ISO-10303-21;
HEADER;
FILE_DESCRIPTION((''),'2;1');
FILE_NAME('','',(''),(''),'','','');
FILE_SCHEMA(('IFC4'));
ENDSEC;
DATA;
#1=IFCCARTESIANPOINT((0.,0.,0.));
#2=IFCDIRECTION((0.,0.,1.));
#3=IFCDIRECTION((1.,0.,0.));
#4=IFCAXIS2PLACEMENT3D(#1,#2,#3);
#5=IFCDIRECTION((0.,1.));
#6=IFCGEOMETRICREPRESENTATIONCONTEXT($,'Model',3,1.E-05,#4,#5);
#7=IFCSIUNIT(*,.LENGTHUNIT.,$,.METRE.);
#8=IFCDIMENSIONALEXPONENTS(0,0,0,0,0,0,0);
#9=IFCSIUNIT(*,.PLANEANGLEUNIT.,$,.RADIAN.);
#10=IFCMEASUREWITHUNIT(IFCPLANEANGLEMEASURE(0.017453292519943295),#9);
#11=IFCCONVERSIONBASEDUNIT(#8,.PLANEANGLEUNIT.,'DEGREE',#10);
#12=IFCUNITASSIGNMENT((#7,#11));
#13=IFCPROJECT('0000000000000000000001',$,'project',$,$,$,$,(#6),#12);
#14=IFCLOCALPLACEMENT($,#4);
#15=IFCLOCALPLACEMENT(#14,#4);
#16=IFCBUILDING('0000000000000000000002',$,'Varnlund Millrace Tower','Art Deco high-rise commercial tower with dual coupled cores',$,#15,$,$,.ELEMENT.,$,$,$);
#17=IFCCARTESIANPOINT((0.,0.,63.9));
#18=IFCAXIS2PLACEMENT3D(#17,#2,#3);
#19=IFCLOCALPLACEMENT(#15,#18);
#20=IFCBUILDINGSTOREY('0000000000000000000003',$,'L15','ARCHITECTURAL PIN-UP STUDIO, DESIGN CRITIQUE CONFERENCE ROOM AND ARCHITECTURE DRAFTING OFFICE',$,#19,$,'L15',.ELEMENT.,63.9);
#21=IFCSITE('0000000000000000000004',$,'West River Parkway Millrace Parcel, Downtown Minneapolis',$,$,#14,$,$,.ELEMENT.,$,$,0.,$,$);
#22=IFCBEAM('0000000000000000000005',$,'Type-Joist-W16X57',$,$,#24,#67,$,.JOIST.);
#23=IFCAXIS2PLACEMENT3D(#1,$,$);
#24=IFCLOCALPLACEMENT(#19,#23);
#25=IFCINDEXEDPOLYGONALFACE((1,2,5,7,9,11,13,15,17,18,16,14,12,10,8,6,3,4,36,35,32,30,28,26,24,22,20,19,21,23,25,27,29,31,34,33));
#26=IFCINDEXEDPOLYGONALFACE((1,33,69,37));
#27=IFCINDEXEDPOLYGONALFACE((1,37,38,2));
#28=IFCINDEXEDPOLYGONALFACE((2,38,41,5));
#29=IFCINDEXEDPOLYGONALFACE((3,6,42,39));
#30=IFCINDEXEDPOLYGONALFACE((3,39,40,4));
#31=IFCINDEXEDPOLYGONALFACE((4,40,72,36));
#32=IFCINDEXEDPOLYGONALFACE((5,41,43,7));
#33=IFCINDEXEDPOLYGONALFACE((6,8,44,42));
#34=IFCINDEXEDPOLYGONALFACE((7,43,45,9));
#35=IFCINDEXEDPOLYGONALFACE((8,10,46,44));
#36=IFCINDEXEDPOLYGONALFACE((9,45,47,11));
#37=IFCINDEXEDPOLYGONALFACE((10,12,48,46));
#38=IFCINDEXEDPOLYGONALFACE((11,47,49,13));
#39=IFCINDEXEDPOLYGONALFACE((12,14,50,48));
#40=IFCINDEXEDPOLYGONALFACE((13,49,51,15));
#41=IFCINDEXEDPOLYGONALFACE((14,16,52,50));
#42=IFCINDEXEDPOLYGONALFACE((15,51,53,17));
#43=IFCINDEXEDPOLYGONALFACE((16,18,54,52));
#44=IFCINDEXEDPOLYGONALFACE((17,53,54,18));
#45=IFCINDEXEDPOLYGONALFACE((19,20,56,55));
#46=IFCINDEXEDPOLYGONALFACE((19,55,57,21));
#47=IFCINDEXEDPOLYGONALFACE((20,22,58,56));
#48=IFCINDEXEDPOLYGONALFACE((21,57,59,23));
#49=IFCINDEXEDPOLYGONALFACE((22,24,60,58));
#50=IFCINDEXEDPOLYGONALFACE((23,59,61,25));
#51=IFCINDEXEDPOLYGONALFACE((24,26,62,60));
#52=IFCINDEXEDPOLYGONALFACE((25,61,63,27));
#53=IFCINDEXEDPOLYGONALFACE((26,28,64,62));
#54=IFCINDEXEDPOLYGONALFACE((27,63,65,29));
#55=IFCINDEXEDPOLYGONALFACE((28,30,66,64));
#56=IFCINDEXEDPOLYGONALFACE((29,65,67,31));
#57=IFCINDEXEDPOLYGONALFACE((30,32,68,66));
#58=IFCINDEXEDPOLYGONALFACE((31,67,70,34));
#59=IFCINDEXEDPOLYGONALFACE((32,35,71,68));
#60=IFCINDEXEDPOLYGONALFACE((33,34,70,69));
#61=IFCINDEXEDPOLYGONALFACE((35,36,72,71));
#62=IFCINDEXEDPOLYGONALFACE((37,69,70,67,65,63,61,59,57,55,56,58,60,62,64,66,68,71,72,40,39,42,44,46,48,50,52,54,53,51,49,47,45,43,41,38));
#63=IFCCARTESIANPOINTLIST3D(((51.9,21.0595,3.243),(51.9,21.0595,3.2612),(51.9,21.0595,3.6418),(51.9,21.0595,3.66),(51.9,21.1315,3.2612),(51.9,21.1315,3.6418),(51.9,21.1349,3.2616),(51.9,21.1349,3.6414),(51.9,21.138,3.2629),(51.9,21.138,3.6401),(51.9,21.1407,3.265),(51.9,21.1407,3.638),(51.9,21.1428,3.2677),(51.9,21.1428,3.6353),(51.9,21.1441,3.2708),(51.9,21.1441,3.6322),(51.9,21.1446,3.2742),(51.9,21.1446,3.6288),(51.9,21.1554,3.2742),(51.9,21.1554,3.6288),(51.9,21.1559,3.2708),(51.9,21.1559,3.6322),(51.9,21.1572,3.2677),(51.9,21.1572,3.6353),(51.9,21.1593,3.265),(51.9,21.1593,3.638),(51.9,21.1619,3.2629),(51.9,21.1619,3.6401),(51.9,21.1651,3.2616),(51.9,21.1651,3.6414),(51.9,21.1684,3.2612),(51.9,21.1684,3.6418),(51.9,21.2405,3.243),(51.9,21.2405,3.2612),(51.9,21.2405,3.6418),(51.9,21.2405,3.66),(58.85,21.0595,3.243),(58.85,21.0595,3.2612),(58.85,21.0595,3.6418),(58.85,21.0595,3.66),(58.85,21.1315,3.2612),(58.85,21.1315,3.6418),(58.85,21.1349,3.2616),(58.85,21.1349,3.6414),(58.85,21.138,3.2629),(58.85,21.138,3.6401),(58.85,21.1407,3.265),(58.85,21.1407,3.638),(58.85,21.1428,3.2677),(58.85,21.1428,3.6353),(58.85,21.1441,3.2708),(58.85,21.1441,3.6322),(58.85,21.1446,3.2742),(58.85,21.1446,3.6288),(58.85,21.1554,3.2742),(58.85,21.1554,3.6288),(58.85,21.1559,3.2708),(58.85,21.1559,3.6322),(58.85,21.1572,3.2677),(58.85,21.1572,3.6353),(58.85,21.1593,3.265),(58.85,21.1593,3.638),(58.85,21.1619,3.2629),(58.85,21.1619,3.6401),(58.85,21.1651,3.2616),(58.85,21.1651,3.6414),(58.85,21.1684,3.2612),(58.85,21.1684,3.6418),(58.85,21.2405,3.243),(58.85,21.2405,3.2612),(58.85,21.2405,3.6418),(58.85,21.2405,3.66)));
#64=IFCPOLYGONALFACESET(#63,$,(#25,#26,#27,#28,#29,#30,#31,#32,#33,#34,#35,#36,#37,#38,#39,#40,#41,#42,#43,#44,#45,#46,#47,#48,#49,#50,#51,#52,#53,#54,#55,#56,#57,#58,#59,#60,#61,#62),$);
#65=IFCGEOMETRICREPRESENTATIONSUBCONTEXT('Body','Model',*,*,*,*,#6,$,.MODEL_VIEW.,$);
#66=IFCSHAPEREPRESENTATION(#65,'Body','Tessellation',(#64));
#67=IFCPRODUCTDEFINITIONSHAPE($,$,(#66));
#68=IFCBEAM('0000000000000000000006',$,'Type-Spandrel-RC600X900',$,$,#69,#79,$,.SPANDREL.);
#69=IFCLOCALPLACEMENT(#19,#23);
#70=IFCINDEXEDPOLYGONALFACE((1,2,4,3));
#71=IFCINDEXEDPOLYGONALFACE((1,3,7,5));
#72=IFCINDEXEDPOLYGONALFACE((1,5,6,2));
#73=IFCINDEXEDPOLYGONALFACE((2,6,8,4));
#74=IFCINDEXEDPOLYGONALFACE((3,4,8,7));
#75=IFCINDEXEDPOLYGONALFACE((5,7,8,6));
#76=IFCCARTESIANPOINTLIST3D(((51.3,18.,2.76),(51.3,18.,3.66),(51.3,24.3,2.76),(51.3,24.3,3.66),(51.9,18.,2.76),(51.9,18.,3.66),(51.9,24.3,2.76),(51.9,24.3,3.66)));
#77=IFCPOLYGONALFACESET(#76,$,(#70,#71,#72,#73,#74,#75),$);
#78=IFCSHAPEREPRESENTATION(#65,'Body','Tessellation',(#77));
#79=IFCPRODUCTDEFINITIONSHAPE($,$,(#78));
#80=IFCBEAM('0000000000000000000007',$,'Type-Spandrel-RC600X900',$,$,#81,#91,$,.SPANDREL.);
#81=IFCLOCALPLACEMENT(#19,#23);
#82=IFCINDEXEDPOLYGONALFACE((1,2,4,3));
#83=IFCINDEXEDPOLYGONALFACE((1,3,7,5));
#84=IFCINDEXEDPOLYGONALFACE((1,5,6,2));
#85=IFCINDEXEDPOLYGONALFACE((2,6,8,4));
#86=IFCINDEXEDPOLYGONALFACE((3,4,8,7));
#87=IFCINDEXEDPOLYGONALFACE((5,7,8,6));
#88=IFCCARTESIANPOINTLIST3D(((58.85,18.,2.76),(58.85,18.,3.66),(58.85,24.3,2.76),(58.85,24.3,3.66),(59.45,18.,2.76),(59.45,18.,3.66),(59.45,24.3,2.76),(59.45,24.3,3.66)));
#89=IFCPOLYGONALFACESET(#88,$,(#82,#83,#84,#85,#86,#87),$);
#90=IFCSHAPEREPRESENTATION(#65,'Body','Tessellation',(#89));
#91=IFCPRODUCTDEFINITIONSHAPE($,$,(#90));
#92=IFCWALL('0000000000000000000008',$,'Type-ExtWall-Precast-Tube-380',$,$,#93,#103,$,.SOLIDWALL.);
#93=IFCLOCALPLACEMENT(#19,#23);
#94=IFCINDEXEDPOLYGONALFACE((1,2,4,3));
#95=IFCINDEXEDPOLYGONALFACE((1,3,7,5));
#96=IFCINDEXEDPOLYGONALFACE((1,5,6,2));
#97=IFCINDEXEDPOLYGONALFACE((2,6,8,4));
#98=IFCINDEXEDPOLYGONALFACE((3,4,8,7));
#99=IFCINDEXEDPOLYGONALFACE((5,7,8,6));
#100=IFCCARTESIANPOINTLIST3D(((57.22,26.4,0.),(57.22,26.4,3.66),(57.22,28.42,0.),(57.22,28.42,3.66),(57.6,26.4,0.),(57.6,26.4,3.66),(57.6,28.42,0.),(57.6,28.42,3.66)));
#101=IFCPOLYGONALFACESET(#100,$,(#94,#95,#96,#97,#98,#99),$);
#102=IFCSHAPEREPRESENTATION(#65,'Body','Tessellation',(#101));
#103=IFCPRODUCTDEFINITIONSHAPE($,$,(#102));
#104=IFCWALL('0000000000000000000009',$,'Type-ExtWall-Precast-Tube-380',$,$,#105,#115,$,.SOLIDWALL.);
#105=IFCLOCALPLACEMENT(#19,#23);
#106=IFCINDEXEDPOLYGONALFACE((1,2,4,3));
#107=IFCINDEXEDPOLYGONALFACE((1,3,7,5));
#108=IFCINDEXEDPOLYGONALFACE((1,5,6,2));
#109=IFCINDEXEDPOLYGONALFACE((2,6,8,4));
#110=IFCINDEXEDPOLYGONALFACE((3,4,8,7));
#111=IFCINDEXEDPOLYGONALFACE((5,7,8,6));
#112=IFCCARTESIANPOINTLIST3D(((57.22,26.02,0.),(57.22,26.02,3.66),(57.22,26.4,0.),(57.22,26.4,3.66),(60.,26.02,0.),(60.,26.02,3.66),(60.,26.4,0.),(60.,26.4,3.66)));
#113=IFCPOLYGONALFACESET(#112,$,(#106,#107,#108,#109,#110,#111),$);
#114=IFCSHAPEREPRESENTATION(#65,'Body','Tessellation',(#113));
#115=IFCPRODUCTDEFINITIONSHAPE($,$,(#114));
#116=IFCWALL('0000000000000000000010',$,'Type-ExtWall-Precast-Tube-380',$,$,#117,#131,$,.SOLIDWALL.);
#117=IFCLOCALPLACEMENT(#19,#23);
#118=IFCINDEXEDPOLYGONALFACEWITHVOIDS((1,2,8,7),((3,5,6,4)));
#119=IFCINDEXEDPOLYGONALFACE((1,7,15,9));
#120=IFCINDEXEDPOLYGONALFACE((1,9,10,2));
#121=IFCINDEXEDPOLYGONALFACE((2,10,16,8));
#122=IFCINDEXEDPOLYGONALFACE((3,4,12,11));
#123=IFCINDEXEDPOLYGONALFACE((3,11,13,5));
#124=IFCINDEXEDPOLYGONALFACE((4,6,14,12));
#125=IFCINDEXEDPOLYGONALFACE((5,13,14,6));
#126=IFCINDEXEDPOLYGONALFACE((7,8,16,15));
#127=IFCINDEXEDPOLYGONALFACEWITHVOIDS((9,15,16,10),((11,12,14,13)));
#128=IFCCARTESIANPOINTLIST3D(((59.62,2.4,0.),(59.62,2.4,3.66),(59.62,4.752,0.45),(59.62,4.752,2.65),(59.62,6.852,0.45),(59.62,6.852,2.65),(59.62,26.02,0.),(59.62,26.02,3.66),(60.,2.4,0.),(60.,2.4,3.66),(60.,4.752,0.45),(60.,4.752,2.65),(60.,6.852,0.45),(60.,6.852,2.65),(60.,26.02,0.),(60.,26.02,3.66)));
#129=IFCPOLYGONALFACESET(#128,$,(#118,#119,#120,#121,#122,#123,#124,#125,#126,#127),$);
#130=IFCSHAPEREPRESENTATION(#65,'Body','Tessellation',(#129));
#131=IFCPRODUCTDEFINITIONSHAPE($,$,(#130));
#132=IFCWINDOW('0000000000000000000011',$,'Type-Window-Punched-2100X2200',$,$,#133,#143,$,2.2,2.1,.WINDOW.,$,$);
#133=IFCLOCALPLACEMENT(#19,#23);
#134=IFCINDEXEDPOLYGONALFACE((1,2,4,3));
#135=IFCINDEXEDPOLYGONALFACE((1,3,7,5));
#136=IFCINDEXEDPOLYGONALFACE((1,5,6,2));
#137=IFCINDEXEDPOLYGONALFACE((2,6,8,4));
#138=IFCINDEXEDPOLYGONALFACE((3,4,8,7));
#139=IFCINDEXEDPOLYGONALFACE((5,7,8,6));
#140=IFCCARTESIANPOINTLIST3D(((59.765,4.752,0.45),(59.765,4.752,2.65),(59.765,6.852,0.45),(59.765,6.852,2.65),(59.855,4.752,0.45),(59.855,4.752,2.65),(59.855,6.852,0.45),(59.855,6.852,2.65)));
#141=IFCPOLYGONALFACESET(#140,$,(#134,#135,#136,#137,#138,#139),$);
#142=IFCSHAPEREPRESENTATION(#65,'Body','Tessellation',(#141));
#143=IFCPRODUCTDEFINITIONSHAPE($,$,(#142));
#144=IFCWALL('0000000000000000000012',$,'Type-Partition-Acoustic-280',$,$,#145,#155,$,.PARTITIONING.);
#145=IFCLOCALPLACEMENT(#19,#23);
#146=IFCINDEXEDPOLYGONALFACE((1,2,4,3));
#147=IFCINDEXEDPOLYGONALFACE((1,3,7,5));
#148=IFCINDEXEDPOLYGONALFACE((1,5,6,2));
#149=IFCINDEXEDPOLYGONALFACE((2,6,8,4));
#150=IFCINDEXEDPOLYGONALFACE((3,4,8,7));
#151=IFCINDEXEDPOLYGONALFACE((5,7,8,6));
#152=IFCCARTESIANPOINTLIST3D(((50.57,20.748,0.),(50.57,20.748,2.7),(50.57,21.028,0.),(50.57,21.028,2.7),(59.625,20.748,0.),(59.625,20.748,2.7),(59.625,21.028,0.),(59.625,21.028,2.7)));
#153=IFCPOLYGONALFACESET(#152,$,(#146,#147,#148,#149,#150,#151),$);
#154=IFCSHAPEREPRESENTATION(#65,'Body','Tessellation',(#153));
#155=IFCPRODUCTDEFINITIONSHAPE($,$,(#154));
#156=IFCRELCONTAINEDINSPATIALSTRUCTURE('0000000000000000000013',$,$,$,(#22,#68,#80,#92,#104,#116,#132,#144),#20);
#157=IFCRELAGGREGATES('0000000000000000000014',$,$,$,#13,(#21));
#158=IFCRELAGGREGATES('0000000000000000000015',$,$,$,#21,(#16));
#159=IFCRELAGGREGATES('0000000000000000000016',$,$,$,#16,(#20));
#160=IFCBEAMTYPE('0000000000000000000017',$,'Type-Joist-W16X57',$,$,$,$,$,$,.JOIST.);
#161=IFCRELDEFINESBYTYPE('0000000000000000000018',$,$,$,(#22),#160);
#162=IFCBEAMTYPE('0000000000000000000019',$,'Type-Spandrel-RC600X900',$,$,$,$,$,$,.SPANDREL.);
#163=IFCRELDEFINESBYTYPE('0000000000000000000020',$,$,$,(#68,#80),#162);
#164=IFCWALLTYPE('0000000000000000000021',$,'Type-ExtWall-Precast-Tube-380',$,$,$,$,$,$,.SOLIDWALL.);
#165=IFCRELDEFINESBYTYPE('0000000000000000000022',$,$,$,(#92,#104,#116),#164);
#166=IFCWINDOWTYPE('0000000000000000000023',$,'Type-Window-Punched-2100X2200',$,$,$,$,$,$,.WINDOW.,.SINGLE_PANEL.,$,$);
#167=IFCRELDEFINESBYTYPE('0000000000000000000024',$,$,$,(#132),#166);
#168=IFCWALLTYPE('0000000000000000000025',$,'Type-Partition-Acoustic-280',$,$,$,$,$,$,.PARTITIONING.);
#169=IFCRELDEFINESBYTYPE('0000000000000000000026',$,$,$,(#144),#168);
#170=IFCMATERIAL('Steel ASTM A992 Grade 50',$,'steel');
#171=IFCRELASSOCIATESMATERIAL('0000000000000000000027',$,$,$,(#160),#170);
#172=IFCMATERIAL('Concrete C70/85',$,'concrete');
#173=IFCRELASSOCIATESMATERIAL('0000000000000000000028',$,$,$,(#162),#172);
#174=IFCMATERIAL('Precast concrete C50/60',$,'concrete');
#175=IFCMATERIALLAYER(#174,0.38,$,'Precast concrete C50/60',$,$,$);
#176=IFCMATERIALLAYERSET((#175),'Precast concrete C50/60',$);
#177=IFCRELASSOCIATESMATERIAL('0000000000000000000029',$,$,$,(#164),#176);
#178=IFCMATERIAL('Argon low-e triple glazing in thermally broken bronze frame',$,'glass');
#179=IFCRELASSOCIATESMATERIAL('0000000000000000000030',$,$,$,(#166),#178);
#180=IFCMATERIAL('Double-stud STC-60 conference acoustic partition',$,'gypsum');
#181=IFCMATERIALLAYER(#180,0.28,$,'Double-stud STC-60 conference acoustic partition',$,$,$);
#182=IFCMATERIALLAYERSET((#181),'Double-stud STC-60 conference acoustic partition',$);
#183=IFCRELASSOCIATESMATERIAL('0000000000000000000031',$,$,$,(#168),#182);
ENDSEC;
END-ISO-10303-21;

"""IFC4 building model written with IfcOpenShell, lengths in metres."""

from ifc_helpers import new_model, entity, si_unit, converted_unit, direction, frame, origin_with_axes, origin_2d_with_axis, place, context, subcontext, project, spatial, polyline, rectangle, i_section, outline, extrude, material, layer, layer_set, material_profile, profile_set, type_object, element, fill, save


model = new_model("IFC4")

# Units and contexts
model_context = context("Model", 3, precision=1e-05, world=origin_with_axes(), true_north=direction((0.0, 1.0)))
body_context = subcontext(model_context, "Body", "Model", "MODEL_VIEW")
ifc_project = project(units=[si_unit("LENGTHUNIT", "METRE"), converted_unit("PLANEANGLEUNIT", "DEGREE", entity("IfcPlaneAngleMeasure", 0.017453292519943295), si_unit("PLANEANGLEUNIT", "RADIAN"), dimensions=[0, 0, 0, 0, 0, 0, 0])], contexts=[model_context])

# Site, building, storey
site_placement = place(None, origin_with_axes())
site = spatial("IfcSite", under=ifc_project, at=site_placement, Name="West River Parkway Millrace Parcel, Downtown Minneapolis", CompositionType="ELEMENT", RefElevation=0.0)
building_placement = place(site_placement, origin_with_axes())
building = spatial("IfcBuilding", under=site, at=building_placement, Name="Varnlund Millrace Tower", Description="Art Deco high-rise commercial tower with dual coupled cores", CompositionType="ELEMENT")
storey_placement = place(building_placement, frame((0.0, 0.0, 63.9), z_axis=(0.0, 0.0, 1.0), x_axis=(1.0, 0.0, 0.0)))
storey = spatial("IfcBuildingStorey", under=building, at=storey_placement, Name="L15", Description="ARCHITECTURAL PIN-UP STUDIO, DESIGN CRITIQUE CONFERENCE ROOM AND ARCHITECTURE DRAFTING OFFICE", LongName="L15", CompositionType="ELEMENT", Elevation=63.9)

# Beams
ifc_material_1 = material(Name="Steel ASTM A992 Grade 50", Category="steel")
ifc_material_profile_1 = material_profile(ifc_material_1, i_section(OverallWidth=0.181, OverallDepth=0.417, WebThickness=0.0109, FlangeThickness=0.0182, FilletRadius=0.013, at=origin_2d_with_axis()), Name="Steel ASTM A992 Grade 50")
ifc_profile_set_1 = profile_set([ifc_material_profile_1], Name="Steel ASTM A992 Grade 50")
beam_type_1 = type_object("IfcBeamType", Name="Type-Joist-W16X57", PredefinedType="JOIST", material=ifc_profile_set_1)
for number, where, z_axis, x_axis, name in (
    (1, (51.9, 21.15, 3.4515), (1.0, 0.0, 0.0), (0.0, 1.0, 0.0), "Type-Joist-W16X57"),
):
    element("IfcBeam", number, at=place(storey_placement, frame(where, z_axis=z_axis, x_axis=x_axis)), inside=storey, type_object=beam_type_1, Name=name, PredefinedType="JOIST", context=body_context, shape_type="SweptSolid", body=[
        extrude(i_section(OverallWidth=0.181, OverallDepth=0.417, WebThickness=0.0109, FlangeThickness=0.0182, FilletRadius=0.013, at=origin_2d_with_axis()), origin_with_axes(), (0.0, 0.0, 1.0), 6.95),
    ])
ifc_material_2 = material(Name="Concrete C70/85", Category="concrete")
ifc_material_profile_2 = material_profile(ifc_material_2, rectangle(XDim=0.6, YDim=0.9, at=origin_2d_with_axis()), Name="Concrete C70/85")
ifc_profile_set_2 = profile_set([ifc_material_profile_2], Name="Concrete C70/85")
beam_type_2 = type_object("IfcBeamType", Name="Type-Spandrel-RC600X900", PredefinedType="SPANDREL", material=ifc_profile_set_2)
for number, where, z_axis, x_axis, name in (
    (2, (51.6, 18.0, 3.21), (0.0, 1.0, 0.0), (-1.0, 0.0, 0.0), "Type-Spandrel-RC600X900"),
    (3, (59.15, 18.0, 3.21), (0.0, 1.0, 0.0), (-1.0, 0.0, 0.0), "Type-Spandrel-RC600X900"),
):
    element("IfcBeam", number, at=place(storey_placement, frame(where, z_axis=z_axis, x_axis=x_axis)), inside=storey, type_object=beam_type_2, Name=name, PredefinedType="SPANDREL", context=body_context, shape_type="SweptSolid", body=[
        extrude(rectangle(XDim=0.6, YDim=0.9, at=origin_2d_with_axis()), origin_with_axes(), (0.0, 0.0, 1.0), 6.3),
    ])

# Walls
ifc_material_3 = material(Name="Precast concrete C50/60", Category="concrete")
ifc_layer_1 = layer(ifc_material_3, 0.38, Name="Precast concrete C50/60")
ifc_layer_set_1 = layer_set([ifc_layer_1], Name="Precast concrete C50/60")
wall_type_1 = type_object("IfcWallType", Name="Type-ExtWall-Precast-Tube-380", PredefinedType="SOLIDWALL", material=ifc_layer_set_1)
wall_1_placement = place(storey_placement, frame((57.41, 28.42, 0.0), z_axis=(0.0, 0.0, 1.0), x_axis=(0.0, -1.0, 0.0)))
element("IfcWall", 4, at=wall_1_placement, inside=storey, type_object=wall_type_1, Name="Type-ExtWall-Precast-Tube-380", PredefinedType="SOLIDWALL", context=body_context, shape_type="SweptSolid", body=[
    extrude(outline(polyline([(0.0, -0.19), (2.02, -0.19), (2.02, 0.19), (0.0, 0.19), (0.0, -0.19)])), origin_with_axes(), (0.0, 0.0, 1.0), 3.66),
])
wall_2_placement = place(storey_placement, frame((57.22, 26.21, 0.0), z_axis=(0.0, 0.0, 1.0), x_axis=(1.0, 0.0, 0.0)))
element("IfcWall", 5, at=wall_2_placement, inside=storey, type_object=wall_type_1, Name="Type-ExtWall-Precast-Tube-380", PredefinedType="SOLIDWALL", context=body_context, shape_type="SweptSolid", body=[
    extrude(outline(polyline([(0.0, -0.19), (2.78, -0.19), (2.78, 0.19), (0.0, 0.19), (0.0, -0.19)])), origin_with_axes(), (0.0, 0.0, 1.0), 3.66),
])

# Wall, opening, window
wall_3_placement = place(storey_placement, frame((59.81, 26.02, 0.0), z_axis=(0.0, 0.0, 1.0), x_axis=(0.0, -1.0, 0.0)))
wall_3 = element("IfcWall", 6, at=wall_3_placement, inside=storey, type_object=wall_type_1, Name="Type-ExtWall-Precast-Tube-380", PredefinedType="SOLIDWALL", context=body_context, shape_type="SweptSolid", body=[
    extrude(outline(polyline([(0.0, -0.19), (23.62, -0.19), (23.62, 0.19), (0.0, 0.19), (0.0, -0.19)])), origin_with_axes(), (0.0, 0.0, 1.0), 3.66),
])
opening_placement = place(wall_3_placement, frame((20.218, 0.0, 0.45), z_axis=(0.0, 0.0, 1.0), x_axis=(1.0, 0.0, 0.0)))
opening = element("IfcOpeningElement", 7, at=opening_placement, cuts=wall_3, PredefinedType="OPENING", context=body_context, shape_type="SweptSolid", body=[
    extrude(rectangle(XDim=2.1, YDim=0.4, at=origin_2d_with_axis()), origin_with_axes(), (0.0, 0.0, 1.0), 2.2),
])
ifc_material_4 = material(Name="Argon low-e triple glazing in thermally broken bronze frame", Category="glass")
window_type = type_object("IfcWindowType", Name="Type-Window-Punched-2100X2200", PartitioningType="SINGLE_PANEL", PredefinedType="WINDOW", material=ifc_material_4)
window_placement = place(wall_3_placement, frame((20.218, 0.0, 0.45), z_axis=(0.0, 0.0, 1.0), x_axis=(1.0, 0.0, 0.0)))
window = element("IfcWindow", 8, at=window_placement, inside=storey, type_object=window_type, Name="Type-Window-Punched-2100X2200", OverallHeight=2.2, OverallWidth=2.1, PredefinedType="WINDOW", context=body_context, shape_type="SweptSolid", body=[
    extrude(rectangle(XDim=2.1, YDim=0.09, at=origin_2d_with_axis()), origin_with_axes(), (0.0, 0.0, 1.0), 2.2),
])
fill(opening, window)

# Wall
ifc_material_5 = material(Name="Double-stud STC-60 conference acoustic partition", Category="gypsum")
ifc_layer_2 = layer(ifc_material_5, 0.28, Name="Double-stud STC-60 conference acoustic partition")
ifc_layer_set_2 = layer_set([ifc_layer_2], Name="Double-stud STC-60 conference acoustic partition")
wall_type_2 = type_object("IfcWallType", Name="Type-Partition-Acoustic-280", PredefinedType="PARTITIONING", material=ifc_layer_set_2)
wall_4_placement = place(storey_placement, frame((50.57, 20.888, 0.0), z_axis=(0.0, 0.0, 1.0), x_axis=(1.0, 0.0, 0.0)))
element("IfcWall", 9, at=wall_4_placement, inside=storey, type_object=wall_type_2, Name="Type-Partition-Acoustic-280", PredefinedType="PARTITIONING", context=body_context, shape_type="SweptSolid", body=[
    extrude(outline(polyline([(0.0, -0.14), (9.055, -0.14), (9.055, 0.14), (0.0, 0.14), (0.0, -0.14)])), origin_with_axes(), (0.0, 0.0, 1.0), 2.7),
])

save(model, "model.ifc")
